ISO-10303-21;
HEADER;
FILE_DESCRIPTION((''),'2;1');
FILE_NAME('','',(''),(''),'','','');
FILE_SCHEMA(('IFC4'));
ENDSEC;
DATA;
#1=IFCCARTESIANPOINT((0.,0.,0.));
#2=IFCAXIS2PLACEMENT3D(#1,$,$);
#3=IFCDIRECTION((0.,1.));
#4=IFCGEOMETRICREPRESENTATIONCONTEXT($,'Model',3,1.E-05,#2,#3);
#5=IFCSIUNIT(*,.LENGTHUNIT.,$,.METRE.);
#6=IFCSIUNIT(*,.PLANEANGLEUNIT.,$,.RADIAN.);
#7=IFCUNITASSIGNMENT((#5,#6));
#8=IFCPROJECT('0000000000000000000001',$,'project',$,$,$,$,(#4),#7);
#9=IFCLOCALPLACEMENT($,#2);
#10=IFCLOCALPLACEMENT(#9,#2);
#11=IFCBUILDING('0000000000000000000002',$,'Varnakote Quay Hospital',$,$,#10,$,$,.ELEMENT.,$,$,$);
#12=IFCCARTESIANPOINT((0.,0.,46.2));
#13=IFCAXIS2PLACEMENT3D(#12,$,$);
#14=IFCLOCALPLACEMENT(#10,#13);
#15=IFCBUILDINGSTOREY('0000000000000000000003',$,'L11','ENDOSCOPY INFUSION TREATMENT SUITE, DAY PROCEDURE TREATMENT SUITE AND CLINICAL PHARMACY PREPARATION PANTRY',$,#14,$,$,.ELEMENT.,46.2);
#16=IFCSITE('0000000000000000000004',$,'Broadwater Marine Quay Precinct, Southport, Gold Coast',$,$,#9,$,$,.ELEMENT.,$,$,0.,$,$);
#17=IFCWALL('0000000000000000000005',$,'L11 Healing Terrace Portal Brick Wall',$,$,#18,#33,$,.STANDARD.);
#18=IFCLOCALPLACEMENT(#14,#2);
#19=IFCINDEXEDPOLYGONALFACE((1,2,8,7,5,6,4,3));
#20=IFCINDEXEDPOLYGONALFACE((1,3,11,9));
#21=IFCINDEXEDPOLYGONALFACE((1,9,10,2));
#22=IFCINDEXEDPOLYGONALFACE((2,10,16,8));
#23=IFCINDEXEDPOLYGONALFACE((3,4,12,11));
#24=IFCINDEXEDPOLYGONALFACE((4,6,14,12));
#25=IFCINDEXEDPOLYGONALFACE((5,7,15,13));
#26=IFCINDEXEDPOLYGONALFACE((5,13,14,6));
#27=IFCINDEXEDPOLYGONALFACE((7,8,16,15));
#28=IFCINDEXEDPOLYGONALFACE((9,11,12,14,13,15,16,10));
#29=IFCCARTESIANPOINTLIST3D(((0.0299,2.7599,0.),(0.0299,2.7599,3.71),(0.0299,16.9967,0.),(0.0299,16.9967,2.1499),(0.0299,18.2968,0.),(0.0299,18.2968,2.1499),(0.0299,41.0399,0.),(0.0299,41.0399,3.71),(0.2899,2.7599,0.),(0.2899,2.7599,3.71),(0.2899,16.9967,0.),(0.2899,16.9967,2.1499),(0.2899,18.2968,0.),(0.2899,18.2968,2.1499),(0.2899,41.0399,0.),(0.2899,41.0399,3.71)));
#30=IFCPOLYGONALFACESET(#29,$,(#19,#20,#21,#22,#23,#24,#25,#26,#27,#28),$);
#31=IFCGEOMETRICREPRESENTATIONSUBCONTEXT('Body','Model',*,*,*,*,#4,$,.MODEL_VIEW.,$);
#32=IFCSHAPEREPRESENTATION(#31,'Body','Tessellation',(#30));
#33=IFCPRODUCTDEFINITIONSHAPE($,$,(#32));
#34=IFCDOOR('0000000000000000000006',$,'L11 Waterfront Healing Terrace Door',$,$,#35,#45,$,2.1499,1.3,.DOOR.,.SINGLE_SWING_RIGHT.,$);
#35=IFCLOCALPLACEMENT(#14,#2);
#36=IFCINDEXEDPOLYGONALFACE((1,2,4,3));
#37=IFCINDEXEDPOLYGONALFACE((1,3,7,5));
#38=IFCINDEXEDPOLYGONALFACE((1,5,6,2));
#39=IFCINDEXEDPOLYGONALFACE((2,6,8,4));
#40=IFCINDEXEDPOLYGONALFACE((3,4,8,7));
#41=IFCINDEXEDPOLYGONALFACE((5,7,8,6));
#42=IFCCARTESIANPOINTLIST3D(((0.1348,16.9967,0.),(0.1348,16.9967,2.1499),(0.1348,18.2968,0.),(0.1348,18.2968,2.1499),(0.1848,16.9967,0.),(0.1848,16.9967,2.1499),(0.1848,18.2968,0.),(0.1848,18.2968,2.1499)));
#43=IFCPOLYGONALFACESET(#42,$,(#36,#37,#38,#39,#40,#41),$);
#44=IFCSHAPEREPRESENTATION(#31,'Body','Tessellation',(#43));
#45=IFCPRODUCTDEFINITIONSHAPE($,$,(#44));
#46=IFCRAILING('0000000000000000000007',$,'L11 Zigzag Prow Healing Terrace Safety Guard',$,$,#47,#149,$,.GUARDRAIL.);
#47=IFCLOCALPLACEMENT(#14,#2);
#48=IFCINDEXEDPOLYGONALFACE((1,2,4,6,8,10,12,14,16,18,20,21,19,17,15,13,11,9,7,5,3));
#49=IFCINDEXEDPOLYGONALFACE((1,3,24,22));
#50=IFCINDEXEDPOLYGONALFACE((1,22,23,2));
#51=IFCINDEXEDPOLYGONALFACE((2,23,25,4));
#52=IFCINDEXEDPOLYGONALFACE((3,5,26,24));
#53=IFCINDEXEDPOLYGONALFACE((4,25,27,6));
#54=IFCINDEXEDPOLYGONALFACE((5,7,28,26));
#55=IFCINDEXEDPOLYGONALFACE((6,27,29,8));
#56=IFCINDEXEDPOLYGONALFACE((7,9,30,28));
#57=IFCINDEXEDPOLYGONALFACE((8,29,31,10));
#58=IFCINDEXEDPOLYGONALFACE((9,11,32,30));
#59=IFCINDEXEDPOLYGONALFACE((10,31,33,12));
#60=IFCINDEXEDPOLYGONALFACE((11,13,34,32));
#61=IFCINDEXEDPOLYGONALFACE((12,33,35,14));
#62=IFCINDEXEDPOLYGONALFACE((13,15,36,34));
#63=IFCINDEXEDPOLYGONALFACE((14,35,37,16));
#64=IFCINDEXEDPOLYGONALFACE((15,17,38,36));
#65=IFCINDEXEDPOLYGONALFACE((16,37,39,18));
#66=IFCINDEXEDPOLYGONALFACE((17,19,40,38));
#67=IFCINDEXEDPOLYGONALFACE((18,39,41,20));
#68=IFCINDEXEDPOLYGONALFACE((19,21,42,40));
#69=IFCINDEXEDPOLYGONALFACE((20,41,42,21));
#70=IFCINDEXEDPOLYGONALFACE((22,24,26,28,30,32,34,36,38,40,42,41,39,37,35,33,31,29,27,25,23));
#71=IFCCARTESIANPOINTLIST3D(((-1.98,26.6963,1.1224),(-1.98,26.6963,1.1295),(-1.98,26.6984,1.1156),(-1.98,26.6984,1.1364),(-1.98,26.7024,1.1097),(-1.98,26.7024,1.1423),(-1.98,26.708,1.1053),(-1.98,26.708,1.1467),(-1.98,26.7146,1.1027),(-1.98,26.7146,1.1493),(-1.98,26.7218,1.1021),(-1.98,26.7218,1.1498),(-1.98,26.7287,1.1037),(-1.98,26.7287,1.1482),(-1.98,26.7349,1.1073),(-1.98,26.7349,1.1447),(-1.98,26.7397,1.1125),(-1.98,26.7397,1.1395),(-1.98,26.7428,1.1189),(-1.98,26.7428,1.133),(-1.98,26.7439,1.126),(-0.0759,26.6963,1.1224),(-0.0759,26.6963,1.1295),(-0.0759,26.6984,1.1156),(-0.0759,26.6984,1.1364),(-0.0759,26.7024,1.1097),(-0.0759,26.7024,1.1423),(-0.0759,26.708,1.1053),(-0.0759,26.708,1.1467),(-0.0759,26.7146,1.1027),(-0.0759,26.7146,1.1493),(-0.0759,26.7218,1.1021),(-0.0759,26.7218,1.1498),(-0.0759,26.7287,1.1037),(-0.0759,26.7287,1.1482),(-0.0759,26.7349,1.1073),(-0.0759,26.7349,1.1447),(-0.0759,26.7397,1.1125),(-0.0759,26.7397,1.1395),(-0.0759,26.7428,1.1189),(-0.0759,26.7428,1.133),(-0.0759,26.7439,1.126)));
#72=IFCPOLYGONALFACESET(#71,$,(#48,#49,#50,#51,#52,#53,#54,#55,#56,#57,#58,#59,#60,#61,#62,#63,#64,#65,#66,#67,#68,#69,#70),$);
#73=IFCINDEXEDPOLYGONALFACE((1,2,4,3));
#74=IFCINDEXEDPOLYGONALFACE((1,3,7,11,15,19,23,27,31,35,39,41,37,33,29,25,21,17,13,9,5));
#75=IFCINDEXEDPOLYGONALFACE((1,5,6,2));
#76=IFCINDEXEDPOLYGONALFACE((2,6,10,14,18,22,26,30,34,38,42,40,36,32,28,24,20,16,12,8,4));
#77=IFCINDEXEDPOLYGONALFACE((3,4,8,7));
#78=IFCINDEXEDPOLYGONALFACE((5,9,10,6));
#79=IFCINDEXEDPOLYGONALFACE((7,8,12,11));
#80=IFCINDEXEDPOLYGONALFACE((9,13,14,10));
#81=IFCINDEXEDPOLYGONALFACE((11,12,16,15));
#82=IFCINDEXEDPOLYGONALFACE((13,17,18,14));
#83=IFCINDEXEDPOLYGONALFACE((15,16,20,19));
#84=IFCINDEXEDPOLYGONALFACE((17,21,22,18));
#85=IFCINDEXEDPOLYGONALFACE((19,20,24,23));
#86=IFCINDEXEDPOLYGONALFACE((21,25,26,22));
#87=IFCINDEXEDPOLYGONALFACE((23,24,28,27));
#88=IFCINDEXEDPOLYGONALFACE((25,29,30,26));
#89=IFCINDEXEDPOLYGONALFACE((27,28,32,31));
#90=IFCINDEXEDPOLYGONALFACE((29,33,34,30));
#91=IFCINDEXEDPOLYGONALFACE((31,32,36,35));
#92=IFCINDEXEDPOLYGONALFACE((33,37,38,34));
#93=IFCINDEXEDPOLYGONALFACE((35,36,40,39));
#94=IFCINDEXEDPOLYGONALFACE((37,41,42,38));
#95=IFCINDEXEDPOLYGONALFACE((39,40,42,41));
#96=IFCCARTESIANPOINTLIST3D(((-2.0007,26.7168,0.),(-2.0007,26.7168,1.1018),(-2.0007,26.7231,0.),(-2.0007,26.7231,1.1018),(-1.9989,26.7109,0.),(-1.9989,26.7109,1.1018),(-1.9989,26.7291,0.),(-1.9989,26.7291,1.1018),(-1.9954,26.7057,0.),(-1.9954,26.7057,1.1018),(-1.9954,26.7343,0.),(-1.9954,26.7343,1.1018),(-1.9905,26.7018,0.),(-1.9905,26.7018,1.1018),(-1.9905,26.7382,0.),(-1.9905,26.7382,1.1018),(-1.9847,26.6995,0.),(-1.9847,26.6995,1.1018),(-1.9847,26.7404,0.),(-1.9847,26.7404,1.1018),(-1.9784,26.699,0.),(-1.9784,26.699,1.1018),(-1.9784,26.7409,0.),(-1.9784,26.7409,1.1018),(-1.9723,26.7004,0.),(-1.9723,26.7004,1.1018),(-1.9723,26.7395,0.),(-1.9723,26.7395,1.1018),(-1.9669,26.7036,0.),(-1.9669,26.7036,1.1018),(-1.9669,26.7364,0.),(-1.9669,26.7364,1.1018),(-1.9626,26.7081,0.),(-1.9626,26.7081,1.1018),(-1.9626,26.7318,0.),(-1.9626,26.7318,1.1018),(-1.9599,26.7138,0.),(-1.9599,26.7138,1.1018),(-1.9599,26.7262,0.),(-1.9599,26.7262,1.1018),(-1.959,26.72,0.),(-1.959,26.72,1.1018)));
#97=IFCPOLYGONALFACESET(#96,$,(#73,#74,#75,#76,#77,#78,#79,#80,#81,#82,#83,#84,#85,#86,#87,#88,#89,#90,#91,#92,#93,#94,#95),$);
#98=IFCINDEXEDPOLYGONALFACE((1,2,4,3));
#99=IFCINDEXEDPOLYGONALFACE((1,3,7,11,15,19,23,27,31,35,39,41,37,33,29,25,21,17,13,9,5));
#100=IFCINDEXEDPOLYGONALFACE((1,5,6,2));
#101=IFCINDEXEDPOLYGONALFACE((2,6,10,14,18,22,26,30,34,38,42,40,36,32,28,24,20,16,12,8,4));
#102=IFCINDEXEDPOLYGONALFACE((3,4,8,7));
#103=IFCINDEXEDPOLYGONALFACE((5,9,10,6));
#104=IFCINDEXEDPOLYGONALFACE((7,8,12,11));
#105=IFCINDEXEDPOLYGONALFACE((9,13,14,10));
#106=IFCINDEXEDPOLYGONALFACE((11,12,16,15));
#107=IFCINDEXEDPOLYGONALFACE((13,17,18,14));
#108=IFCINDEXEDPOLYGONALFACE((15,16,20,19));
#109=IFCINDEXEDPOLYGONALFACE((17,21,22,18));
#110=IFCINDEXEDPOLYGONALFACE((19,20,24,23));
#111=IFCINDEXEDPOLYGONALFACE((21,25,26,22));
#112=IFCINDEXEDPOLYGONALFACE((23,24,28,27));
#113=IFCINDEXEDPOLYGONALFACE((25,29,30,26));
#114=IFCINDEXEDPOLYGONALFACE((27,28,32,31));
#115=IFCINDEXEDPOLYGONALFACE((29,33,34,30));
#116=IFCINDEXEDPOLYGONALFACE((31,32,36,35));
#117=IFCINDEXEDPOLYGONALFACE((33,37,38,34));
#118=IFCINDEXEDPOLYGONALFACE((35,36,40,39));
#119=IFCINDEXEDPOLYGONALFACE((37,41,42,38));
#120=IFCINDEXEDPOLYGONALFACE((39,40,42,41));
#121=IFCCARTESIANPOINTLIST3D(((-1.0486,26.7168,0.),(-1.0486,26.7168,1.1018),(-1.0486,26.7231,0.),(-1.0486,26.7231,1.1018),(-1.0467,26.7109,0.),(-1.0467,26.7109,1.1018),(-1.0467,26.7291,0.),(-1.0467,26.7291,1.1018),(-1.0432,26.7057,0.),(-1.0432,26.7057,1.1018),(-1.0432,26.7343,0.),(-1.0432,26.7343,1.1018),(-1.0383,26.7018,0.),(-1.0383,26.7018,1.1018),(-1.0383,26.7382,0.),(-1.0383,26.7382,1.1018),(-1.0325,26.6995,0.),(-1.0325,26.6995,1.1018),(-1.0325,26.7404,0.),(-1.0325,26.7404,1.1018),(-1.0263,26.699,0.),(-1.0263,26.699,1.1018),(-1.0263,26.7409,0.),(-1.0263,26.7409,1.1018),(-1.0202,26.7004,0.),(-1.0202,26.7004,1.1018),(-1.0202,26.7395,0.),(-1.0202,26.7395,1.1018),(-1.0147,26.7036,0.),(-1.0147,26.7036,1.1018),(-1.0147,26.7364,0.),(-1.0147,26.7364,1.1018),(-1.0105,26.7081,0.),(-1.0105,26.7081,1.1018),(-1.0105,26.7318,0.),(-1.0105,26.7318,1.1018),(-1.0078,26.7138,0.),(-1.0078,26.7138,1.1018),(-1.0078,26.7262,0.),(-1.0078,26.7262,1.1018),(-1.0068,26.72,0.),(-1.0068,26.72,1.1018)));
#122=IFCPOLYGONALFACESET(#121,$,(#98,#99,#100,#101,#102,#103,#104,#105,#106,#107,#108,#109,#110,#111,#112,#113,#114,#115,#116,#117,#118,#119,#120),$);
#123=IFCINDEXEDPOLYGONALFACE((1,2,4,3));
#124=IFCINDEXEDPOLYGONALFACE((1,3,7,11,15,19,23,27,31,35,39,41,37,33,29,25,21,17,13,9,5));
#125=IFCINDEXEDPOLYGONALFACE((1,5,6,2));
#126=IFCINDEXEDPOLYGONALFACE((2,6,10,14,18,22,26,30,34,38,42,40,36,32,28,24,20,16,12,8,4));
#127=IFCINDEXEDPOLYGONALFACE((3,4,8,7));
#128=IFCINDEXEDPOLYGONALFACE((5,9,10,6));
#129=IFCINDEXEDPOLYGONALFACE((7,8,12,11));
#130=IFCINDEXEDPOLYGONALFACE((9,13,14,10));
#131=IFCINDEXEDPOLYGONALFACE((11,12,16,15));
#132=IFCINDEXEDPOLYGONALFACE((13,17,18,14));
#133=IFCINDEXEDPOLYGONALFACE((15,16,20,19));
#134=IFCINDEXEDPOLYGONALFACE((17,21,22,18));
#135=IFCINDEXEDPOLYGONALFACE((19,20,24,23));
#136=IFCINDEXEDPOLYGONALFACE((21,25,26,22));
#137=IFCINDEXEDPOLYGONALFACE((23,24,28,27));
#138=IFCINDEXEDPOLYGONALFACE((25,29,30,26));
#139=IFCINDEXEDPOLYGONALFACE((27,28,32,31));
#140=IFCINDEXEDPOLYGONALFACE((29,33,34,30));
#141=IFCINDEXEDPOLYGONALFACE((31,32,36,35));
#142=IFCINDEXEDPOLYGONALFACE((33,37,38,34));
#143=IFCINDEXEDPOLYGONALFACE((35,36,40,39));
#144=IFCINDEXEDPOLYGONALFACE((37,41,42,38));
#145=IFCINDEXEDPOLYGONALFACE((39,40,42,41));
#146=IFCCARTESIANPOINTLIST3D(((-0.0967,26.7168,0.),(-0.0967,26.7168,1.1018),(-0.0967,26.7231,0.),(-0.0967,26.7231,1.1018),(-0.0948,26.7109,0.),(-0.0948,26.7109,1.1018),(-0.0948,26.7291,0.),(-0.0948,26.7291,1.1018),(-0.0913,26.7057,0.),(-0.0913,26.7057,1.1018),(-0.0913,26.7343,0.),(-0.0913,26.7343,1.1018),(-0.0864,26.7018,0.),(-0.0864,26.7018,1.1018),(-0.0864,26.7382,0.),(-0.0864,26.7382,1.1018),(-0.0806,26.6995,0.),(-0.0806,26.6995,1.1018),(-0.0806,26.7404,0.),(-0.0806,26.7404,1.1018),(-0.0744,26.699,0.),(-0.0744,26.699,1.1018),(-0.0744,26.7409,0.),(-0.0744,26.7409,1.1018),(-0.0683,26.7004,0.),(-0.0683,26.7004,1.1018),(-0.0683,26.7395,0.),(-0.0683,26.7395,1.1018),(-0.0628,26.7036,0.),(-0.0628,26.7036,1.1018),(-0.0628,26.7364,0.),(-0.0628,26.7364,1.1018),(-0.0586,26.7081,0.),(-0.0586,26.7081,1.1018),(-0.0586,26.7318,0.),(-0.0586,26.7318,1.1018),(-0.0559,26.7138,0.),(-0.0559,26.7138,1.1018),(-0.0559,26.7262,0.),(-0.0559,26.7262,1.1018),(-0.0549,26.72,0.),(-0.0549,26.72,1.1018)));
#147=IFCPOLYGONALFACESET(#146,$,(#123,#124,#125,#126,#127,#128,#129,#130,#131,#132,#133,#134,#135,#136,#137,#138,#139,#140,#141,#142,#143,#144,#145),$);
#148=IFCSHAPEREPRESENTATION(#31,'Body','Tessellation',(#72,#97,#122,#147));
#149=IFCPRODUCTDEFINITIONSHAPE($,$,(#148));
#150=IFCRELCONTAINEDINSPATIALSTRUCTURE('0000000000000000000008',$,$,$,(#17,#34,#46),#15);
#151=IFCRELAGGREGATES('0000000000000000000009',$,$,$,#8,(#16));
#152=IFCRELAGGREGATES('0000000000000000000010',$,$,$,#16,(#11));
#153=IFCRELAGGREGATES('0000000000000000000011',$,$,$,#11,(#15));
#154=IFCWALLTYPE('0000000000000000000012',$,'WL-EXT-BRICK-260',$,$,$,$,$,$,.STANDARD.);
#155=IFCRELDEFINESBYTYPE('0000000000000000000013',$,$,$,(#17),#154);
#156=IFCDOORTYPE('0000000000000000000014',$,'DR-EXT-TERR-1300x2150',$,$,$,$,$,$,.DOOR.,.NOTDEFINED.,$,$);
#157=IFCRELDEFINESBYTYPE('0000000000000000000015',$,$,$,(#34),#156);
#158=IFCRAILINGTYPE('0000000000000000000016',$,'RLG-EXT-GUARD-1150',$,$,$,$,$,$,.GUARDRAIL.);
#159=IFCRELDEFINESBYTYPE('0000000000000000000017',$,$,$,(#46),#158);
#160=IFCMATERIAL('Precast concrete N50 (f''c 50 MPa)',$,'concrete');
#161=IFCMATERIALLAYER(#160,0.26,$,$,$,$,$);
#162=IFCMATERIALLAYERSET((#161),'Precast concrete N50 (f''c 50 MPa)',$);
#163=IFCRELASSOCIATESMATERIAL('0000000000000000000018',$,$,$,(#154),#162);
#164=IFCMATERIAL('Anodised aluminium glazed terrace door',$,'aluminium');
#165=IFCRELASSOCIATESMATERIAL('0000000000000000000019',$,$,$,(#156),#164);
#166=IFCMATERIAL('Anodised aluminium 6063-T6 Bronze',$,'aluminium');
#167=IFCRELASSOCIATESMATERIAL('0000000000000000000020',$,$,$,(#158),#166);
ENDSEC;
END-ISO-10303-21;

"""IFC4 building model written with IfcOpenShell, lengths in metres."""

from ifc_helpers import new_model, si_unit, direction, frame, frame_2d, origin, origin_2d, place, context, subcontext, project, spatial, rectangle, circle, extrude, material, layer, layer_set, type_object, element, fill, save


model = new_model("IFC4")

# Units and contexts
model_context = context("Model", 3, precision=1e-05, world=origin(), true_north=direction((0.0, 1.0)))
body_context = subcontext(model_context, "Body", "Model", "MODEL_VIEW")
ifc_project = project(units=[si_unit("LENGTHUNIT", "METRE"), si_unit("PLANEANGLEUNIT", "RADIAN")], contexts=[model_context])

# Site, building, storey
site_placement = place(None, origin())
site = spatial("IfcSite", under=ifc_project, at=site_placement, Name="Broadwater Marine Quay Precinct, Southport, Gold Coast", CompositionType="ELEMENT", RefElevation=0.0)
building_placement = place(site_placement, origin())
building = spatial("IfcBuilding", under=site, at=building_placement, Name="Varnakote Quay Hospital", CompositionType="ELEMENT")
storey_placement = place(building_placement, frame((0.0, 0.0, 46.2)))
storey = spatial("IfcBuildingStorey", under=building, at=storey_placement, Name="L11", Description="ENDOSCOPY INFUSION TREATMENT SUITE, DAY PROCEDURE TREATMENT SUITE AND CLINICAL PHARMACY PREPARATION PANTRY", CompositionType="ELEMENT", Elevation=46.2)

# Shared definitions
ifc_material_1 = material(Name="Precast concrete N50 (f'c 50 MPa)", Category="concrete")
ifc_layer = layer(ifc_material_1, 0.26)
ifc_layer_set = layer_set([ifc_layer], Name="Precast concrete N50 (f'c 50 MPa)")
wall_type = type_object("IfcWallType", Name="WL-EXT-BRICK-260", PredefinedType="STANDARD", material=ifc_layer_set)

# Wall, opening, door
wall_1_placement = place(storey_placement, frame((0.1599, 41.04, 0.0), z_axis=(0.0, 0.0, 1.0), x_axis=(0.0, -1.0, 0.0)))
wall_1 = element("IfcWall", 1, at=wall_1_placement, inside=storey, type_object=wall_type, Name="L11 Healing Terrace Portal Brick Wall", PredefinedType="STANDARD", context=body_context, shape_type="SweptSolid", body=[
    extrude(rectangle(XDim=38.28, YDim=0.26, at=frame_2d((19.1401, 0.0))), origin(), (0.0, 0.0, 1.0), 3.71),
])
opening_1_placement = place(wall_1_placement, frame((22.7434, 0.0, 0.0)))
opening_1 = element("IfcOpeningElement", 2, at=opening_1_placement, cuts=wall_1, PredefinedType="OPENING", context=body_context, shape_type="SweptSolid", body=[
    extrude(rectangle(XDim=1.3, YDim=2.1499, at=frame_2d((0.6499, 1.075))), frame((0.0, 0.1399, 0.0), z_axis=(0.0, -1.0, 0.0), x_axis=(1.0, 0.0, 0.0)), (0.0, 0.0, 1.0), 0.28),
])
ifc_material_2 = material(Name="Anodised aluminium glazed terrace door", Category="aluminium")
door_type = type_object("IfcDoorType", Name="DR-EXT-TERR-1300x2150", OperationType="NOTDEFINED", PredefinedType="DOOR", material=ifc_material_2)
door_placement = place(opening_1_placement, origin())
door = element("IfcDoor", 3, at=door_placement, inside=storey, type_object=door_type, Name="L11 Waterfront Healing Terrace Door", OperationType="SINGLE_SWING_RIGHT", OverallHeight=2.1499, OverallWidth=1.3, PredefinedType="DOOR", context=body_context, shape_type="SweptSolid", body=[
    extrude(rectangle(XDim=1.3, YDim=2.1499, at=frame_2d((0.6499, 1.075))), frame((0.0, 0.0249, 0.0), z_axis=(0.0, -1.0, 0.0), x_axis=(1.0, 0.0, 0.0)), (0.0, 0.0, 1.0), 0.05),
])
fill(opening_1, door)

# Railing
ifc_material_3 = material(Name="Anodised aluminium 6063-T6 Bronze", Category="aluminium")
railing_type = type_object("IfcRailingType", Name="RLG-EXT-GUARD-1150", PredefinedType="GUARDRAIL", material=ifc_material_3)
railing_1_placement = place(storey_placement, frame((-1.98, 26.72, 0.0)))
element("IfcRailing", 4, at=railing_1_placement, inside=storey, type_object=railing_type, Name="L11 Zigzag Prow Healing Terrace Safety Guard", PredefinedType="GUARDRAIL", context=body_context, shape_type="SweptSolid", body=[
    extrude(circle(Radius=0.0239, at=origin_2d()), frame((0.0, 0.0, 1.126), z_axis=(1.0, 0.0, 0.0), x_axis=(0.0, 1.0, 0.0)), (0.0, 0.0, 1.0), 1.9041),
    extrude(circle(Radius=0.021, at=origin_2d()), origin(), (0.0, 0.0, 1.0), 1.1018),
    extrude(circle(Radius=0.021, at=origin_2d()), frame((0.9521, 0.0, 0.0)), (0.0, 0.0, 1.0), 1.1018),
    extrude(circle(Radius=0.021, at=origin_2d()), frame((1.9041, 0.0, 0.0)), (0.0, 0.0, 1.0), 1.1018),
])

save(model, "model.ifc")
